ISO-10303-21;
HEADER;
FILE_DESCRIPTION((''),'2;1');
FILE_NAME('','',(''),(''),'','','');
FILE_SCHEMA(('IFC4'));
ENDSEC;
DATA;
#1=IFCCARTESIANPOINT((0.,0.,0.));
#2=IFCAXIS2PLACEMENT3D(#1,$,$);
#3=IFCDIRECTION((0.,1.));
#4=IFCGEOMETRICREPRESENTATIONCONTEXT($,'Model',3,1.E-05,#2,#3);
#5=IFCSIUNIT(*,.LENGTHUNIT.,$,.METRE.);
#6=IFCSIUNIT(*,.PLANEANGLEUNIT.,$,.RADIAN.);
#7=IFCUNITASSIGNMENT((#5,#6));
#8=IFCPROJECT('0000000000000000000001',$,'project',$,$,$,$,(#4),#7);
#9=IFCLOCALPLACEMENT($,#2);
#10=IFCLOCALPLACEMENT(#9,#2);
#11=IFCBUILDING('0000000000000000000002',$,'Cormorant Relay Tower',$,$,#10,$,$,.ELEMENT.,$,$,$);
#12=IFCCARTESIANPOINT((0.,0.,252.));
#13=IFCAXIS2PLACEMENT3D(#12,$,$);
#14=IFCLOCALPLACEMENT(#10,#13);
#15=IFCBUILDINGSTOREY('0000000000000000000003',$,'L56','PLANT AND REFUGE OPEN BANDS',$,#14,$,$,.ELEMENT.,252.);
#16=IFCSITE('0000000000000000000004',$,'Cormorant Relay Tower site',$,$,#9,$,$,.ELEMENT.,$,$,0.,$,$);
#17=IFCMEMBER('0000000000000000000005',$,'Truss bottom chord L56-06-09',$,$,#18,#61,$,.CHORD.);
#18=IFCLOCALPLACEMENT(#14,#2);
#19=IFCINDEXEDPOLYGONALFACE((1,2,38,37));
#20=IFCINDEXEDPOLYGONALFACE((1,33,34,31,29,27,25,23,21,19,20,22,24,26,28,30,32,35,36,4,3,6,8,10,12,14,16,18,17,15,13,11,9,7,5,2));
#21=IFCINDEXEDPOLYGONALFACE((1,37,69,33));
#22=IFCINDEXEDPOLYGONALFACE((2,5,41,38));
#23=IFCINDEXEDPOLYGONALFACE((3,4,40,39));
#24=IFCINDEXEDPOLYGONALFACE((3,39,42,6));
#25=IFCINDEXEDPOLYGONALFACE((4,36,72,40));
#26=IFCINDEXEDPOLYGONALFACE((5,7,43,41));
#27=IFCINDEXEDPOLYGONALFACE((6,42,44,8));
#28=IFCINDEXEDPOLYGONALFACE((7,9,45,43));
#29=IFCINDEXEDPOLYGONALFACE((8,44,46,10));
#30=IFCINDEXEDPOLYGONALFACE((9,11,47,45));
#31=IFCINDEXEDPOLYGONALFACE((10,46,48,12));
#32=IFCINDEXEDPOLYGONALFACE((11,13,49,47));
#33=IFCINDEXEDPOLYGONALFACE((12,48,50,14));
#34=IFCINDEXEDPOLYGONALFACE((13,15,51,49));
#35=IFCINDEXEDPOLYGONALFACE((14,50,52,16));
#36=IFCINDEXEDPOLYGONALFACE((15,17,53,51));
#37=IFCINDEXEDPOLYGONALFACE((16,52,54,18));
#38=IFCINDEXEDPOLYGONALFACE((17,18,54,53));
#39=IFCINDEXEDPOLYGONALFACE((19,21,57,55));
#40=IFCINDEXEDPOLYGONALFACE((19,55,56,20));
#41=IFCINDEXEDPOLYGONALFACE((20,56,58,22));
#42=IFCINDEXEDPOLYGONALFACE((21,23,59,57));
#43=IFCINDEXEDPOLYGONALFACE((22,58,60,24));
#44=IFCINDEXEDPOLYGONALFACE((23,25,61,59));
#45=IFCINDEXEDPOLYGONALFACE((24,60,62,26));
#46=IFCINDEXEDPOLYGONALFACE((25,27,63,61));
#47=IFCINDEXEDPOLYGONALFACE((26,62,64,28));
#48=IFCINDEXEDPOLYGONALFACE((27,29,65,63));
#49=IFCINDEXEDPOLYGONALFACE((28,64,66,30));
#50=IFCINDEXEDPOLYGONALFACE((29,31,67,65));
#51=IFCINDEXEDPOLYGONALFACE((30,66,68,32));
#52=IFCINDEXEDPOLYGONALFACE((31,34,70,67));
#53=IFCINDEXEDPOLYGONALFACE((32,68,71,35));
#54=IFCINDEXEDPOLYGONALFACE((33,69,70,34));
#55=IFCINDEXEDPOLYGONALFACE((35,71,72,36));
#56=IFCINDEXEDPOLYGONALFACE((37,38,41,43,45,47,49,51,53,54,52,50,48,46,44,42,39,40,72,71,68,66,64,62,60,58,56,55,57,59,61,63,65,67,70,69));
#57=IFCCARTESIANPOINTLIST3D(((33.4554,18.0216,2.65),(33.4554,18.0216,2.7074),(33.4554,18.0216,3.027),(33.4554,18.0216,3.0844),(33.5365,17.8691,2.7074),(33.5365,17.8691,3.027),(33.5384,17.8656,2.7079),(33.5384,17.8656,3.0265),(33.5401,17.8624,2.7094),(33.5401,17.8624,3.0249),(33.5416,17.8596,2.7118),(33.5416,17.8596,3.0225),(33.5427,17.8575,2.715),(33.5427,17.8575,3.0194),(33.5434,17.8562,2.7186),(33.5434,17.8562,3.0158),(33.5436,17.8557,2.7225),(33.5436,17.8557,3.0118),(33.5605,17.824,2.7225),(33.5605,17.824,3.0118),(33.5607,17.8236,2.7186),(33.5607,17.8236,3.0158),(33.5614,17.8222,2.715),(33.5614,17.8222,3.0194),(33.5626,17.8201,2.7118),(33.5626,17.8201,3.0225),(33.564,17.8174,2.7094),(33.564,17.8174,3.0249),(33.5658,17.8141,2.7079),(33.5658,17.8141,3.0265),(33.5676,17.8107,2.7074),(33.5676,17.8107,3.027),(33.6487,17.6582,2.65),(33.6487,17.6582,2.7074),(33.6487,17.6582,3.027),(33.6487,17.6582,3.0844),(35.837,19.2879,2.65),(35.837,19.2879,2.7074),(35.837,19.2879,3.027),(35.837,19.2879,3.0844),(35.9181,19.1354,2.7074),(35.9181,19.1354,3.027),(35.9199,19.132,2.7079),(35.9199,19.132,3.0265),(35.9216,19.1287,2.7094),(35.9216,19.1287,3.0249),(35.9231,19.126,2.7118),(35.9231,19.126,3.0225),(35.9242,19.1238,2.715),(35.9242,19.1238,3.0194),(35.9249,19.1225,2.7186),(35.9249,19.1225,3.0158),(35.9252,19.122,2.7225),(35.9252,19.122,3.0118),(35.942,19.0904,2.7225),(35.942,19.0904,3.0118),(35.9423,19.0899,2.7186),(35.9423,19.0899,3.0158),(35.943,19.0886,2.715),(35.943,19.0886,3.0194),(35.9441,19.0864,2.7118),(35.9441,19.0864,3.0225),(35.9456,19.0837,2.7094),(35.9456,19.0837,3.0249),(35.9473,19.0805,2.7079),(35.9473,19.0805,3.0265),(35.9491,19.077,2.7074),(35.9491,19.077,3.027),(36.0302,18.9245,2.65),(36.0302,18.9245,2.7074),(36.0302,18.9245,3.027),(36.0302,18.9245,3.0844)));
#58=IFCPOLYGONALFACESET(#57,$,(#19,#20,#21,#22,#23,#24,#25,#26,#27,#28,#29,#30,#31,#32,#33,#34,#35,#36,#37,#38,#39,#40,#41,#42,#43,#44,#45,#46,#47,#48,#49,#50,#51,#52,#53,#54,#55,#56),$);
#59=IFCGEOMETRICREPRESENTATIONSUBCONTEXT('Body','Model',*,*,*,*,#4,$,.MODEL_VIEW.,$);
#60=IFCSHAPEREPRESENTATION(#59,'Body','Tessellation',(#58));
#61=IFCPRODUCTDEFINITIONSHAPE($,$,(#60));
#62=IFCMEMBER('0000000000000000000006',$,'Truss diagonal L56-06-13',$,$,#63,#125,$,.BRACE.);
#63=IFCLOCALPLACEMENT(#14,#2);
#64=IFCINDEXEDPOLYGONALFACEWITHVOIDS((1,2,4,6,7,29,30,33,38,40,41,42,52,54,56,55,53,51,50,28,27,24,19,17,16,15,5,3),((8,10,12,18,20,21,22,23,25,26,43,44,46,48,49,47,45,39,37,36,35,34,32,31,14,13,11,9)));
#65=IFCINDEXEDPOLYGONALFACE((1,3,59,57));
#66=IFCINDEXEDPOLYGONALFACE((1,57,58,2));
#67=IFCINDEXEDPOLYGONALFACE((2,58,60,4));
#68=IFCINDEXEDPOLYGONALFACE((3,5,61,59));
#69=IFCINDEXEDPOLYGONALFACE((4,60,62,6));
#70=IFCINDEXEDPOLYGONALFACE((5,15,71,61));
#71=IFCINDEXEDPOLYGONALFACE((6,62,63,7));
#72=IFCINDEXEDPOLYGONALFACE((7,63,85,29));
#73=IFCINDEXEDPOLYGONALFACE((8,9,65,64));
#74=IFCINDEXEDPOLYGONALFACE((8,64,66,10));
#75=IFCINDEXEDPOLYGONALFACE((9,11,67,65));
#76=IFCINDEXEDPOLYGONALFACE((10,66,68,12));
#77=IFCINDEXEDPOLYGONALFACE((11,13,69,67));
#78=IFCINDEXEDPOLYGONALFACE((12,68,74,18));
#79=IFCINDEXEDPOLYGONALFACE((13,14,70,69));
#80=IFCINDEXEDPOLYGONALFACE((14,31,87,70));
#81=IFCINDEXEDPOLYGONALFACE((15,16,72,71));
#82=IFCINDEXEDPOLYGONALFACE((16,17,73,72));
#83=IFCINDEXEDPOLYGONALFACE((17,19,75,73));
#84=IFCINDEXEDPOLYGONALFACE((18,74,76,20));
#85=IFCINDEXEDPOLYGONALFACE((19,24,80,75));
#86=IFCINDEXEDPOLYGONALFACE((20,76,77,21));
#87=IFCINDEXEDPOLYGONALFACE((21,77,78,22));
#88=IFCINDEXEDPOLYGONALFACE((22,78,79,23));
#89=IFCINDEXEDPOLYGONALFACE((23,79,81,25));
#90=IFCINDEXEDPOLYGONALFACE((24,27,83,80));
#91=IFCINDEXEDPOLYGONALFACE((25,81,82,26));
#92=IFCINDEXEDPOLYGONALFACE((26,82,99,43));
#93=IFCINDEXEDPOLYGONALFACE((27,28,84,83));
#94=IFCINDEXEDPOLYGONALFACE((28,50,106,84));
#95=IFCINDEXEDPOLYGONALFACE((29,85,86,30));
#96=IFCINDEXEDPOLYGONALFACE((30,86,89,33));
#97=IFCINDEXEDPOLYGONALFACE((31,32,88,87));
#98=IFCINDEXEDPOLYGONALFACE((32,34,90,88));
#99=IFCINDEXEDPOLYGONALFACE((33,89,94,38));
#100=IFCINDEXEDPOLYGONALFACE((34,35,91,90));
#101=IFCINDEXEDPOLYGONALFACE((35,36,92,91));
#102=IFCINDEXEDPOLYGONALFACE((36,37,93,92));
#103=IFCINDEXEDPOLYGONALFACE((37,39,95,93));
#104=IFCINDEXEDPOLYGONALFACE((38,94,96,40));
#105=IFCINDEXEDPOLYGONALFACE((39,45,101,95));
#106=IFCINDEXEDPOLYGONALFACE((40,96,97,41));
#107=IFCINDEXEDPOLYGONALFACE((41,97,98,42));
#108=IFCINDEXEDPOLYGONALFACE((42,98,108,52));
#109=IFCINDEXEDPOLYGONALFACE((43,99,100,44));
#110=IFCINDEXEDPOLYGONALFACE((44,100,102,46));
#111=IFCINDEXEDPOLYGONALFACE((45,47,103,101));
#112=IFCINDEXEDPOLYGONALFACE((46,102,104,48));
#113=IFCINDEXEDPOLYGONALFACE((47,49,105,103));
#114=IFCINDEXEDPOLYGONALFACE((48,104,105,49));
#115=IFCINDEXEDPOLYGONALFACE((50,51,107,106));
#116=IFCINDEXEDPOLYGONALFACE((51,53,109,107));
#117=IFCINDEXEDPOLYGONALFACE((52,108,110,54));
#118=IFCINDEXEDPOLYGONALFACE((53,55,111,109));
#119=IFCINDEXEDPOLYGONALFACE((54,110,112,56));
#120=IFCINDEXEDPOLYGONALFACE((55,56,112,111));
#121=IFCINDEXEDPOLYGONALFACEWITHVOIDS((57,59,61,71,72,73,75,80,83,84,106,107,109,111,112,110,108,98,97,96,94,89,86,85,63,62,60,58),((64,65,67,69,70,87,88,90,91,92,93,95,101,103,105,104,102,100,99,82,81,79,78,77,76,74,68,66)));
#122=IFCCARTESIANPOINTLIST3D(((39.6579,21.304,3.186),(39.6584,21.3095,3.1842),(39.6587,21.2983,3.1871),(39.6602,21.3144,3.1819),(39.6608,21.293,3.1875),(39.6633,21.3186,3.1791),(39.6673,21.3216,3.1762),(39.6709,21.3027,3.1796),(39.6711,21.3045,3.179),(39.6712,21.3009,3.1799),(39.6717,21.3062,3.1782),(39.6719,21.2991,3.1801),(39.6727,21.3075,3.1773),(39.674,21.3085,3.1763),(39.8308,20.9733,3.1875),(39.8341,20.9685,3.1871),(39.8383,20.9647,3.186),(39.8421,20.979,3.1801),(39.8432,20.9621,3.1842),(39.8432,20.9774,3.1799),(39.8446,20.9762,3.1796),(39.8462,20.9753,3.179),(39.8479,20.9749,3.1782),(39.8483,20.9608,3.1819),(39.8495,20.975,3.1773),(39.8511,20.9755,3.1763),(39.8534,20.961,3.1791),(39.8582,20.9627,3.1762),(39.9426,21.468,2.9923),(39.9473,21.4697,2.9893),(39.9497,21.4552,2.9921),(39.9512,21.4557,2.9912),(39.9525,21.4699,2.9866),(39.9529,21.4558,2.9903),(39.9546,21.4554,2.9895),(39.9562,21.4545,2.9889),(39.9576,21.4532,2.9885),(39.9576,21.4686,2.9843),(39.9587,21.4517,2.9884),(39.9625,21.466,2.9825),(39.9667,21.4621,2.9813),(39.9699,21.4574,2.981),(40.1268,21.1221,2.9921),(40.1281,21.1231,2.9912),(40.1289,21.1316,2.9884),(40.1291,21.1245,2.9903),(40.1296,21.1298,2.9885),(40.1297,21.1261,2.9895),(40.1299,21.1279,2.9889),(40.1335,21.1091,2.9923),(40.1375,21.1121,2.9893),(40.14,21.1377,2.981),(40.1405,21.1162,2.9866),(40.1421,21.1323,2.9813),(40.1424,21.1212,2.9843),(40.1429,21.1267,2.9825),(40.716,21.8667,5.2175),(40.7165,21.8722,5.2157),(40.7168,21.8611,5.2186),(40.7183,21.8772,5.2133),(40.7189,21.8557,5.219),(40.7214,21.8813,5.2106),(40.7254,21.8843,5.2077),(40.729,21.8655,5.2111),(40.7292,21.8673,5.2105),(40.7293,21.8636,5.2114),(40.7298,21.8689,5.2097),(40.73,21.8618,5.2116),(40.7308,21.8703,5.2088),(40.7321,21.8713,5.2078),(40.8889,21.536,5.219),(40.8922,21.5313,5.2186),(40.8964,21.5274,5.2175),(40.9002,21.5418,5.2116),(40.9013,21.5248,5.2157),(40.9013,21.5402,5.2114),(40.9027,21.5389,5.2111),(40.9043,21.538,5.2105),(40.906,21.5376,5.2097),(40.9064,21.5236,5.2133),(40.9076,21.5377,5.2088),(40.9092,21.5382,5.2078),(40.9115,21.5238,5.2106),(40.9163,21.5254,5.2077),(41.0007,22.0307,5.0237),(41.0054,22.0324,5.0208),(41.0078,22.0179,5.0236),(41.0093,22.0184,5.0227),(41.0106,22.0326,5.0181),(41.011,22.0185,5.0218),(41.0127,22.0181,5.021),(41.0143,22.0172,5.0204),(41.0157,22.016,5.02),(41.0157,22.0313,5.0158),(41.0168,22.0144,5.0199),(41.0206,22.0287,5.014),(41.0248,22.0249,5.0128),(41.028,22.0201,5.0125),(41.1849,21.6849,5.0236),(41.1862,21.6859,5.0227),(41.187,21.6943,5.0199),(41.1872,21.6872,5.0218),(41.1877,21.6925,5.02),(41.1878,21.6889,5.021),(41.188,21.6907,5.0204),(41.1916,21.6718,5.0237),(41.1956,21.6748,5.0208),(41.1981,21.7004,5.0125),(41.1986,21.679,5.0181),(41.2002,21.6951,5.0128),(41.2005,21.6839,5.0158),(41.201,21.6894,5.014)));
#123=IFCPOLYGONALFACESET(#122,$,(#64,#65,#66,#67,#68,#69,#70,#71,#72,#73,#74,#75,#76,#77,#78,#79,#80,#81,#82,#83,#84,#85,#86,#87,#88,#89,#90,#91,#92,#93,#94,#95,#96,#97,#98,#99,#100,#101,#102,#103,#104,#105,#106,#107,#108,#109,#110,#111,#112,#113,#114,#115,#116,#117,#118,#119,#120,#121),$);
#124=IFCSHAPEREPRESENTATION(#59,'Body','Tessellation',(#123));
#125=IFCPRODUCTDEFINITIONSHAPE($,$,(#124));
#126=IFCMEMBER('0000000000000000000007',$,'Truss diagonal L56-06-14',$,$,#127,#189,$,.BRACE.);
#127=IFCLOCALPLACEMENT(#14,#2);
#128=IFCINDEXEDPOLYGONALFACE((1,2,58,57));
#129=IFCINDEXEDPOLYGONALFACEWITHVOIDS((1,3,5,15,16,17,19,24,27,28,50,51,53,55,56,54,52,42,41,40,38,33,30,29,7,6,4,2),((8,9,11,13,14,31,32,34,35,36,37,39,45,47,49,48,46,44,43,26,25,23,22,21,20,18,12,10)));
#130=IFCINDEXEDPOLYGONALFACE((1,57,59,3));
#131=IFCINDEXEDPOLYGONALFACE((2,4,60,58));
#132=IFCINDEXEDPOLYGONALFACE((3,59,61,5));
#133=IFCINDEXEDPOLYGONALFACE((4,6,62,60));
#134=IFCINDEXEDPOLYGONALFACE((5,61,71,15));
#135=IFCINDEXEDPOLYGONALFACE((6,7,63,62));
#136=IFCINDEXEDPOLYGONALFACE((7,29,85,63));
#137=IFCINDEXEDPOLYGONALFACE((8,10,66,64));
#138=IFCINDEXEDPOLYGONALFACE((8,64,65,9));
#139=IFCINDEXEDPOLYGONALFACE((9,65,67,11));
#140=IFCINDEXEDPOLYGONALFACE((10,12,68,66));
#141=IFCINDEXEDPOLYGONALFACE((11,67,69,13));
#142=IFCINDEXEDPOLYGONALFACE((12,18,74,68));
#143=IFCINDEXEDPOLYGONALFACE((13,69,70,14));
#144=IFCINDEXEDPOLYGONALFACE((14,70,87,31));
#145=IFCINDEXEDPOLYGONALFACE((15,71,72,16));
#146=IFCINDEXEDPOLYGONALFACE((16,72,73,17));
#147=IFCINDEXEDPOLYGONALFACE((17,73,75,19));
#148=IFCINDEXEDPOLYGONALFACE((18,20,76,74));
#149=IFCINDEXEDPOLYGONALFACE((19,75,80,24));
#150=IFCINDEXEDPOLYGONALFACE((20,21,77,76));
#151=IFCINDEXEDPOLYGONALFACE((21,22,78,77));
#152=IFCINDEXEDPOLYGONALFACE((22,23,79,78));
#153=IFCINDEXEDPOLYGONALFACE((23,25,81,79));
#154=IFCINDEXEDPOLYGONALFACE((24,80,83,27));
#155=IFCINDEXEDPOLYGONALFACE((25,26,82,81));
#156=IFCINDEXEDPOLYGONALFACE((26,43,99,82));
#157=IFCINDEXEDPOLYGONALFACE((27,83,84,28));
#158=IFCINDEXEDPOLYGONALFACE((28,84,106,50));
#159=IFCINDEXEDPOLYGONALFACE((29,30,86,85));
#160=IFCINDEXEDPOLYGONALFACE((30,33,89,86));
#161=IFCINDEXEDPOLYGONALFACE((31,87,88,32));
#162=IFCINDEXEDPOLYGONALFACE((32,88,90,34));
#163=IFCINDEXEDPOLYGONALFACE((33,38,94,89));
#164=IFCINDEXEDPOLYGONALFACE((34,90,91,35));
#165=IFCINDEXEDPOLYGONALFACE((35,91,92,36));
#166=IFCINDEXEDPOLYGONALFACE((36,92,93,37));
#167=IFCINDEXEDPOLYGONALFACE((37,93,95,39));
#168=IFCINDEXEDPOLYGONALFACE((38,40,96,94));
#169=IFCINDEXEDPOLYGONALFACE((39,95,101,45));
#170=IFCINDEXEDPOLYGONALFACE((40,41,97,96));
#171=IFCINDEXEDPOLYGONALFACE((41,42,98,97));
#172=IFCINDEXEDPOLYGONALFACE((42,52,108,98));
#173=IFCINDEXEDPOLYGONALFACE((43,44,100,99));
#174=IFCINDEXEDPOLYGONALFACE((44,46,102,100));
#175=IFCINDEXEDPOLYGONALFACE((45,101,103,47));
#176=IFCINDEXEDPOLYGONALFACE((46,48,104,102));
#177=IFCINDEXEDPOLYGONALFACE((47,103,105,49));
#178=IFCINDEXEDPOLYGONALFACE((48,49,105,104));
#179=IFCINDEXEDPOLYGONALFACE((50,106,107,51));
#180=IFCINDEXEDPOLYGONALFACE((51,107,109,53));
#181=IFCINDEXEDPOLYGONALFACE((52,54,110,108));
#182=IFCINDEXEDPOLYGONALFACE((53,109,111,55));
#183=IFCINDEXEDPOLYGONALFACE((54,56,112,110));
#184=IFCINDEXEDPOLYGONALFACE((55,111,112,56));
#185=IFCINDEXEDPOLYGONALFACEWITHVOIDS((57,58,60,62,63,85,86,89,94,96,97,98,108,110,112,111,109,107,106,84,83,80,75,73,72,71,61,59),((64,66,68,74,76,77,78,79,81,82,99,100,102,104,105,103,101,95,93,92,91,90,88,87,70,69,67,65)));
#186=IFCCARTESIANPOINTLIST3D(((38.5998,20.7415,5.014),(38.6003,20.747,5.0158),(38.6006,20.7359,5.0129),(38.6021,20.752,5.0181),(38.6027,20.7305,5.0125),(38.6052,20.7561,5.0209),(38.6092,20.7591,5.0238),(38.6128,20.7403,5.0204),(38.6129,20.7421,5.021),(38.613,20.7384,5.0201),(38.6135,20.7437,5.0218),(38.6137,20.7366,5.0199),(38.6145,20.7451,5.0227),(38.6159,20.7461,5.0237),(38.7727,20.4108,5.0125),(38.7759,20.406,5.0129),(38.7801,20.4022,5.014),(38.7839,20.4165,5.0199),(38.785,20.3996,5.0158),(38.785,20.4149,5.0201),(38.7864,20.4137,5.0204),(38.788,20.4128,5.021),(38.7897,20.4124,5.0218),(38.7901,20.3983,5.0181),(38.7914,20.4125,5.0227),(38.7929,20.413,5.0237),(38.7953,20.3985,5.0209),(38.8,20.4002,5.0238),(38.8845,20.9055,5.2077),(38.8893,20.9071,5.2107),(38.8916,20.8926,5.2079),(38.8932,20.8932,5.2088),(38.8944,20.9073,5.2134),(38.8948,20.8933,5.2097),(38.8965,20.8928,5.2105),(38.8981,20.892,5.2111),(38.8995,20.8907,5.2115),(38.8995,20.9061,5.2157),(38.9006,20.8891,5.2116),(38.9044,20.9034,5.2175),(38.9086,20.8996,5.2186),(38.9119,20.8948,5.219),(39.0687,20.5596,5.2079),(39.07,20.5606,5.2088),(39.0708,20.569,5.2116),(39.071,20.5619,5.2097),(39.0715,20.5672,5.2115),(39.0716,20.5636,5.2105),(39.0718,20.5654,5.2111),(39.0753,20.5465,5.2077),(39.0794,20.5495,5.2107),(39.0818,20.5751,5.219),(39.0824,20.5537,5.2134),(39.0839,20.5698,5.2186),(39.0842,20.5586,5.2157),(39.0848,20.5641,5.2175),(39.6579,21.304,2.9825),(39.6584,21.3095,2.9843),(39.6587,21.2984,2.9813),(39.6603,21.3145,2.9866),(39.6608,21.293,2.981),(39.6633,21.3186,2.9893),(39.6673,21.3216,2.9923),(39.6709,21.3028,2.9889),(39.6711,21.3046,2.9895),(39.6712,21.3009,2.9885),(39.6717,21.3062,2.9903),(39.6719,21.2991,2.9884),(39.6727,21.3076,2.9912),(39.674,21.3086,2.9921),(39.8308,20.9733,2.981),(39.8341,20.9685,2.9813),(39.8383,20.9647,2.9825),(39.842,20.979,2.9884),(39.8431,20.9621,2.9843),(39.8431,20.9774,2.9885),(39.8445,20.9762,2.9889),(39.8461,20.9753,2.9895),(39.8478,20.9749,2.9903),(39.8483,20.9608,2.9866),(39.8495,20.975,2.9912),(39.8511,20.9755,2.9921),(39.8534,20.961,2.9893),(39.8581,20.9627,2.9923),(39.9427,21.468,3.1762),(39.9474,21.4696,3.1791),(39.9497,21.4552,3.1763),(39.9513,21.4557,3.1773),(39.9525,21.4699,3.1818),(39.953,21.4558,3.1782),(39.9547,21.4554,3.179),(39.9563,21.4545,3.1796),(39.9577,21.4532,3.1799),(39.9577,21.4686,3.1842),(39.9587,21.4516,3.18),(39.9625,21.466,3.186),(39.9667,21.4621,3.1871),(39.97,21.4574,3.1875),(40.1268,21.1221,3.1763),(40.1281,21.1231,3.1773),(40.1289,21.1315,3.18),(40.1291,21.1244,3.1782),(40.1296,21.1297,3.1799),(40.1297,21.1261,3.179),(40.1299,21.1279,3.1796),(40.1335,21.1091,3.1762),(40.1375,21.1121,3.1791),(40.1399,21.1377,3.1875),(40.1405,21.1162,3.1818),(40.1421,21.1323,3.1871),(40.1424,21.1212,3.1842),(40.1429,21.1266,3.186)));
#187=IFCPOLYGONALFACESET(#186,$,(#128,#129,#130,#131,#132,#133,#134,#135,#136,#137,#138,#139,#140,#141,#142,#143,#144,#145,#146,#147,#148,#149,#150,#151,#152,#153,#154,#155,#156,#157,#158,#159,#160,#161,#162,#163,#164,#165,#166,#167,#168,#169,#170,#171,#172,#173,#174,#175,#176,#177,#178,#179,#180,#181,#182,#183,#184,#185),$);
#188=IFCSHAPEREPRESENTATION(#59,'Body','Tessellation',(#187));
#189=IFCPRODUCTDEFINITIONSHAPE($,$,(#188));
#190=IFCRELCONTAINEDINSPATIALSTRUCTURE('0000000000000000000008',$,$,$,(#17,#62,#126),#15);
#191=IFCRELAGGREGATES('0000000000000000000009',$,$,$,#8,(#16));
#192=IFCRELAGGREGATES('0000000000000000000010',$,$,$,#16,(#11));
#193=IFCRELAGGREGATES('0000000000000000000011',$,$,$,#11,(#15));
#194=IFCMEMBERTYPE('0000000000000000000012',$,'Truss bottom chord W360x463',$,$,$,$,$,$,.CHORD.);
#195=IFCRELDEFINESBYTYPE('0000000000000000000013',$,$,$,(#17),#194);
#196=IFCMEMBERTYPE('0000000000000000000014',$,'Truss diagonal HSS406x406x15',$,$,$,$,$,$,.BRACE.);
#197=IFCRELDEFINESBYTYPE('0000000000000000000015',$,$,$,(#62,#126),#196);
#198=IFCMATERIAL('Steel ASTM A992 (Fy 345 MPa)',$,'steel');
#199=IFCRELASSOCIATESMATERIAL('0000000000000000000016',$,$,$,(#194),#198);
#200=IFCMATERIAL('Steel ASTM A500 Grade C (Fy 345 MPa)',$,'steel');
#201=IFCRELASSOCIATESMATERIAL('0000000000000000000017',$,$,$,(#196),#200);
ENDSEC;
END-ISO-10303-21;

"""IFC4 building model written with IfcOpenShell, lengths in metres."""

from ifc_helpers import new_model, si_unit, direction, frame, origin, origin_2d, place, context, subcontext, project, spatial, hollow_rectangle, i_section, extrude, material, material_profile, profile_set, type_object, element, save


model = new_model("IFC4")

# Units and contexts
model_context = context("Model", 3, precision=1e-05, world=origin(), true_north=direction((0.0, 1.0)))
body_context = subcontext(model_context, "Body", "Model", "MODEL_VIEW")
ifc_project = project(units=[si_unit("LENGTHUNIT", "METRE"), si_unit("PLANEANGLEUNIT", "RADIAN")], contexts=[model_context])

# Site, building, storey
site_placement = place(None, origin())
site = spatial("IfcSite", under=ifc_project, at=site_placement, Name="Cormorant Relay Tower site", CompositionType="ELEMENT", RefElevation=0.0)
building_placement = place(site_placement, origin())
building = spatial("IfcBuilding", under=site, at=building_placement, Name="Cormorant Relay Tower", CompositionType="ELEMENT")
storey_placement = place(building_placement, frame((0.0, 0.0, 252.0)))
storey = spatial("IfcBuildingStorey", under=building, at=storey_placement, Name="L56", Description="PLANT AND REFUGE OPEN BANDS", CompositionType="ELEMENT", Elevation=252.0)

# Members
ifc_material_1 = material(Name="Steel ASTM A992 (Fy 345 MPa)", Category="steel")
ifc_material_profile_1 = material_profile(ifc_material_1, i_section(OverallWidth=0.4116, OverallDepth=0.4343, WebThickness=0.0359, FlangeThickness=0.0574, FilletRadius=0.0151, at=origin_2d()), Name="W360x463")
ifc_profile_set_1 = profile_set([ifc_material_profile_1], Name="Steel ASTM A992 (Fy 345 MPa)")
member_type_1 = type_object("IfcMemberType", Name="Truss bottom chord W360x463", PredefinedType="CHORD", material=ifc_profile_set_1)
member_1_placement = place(storey_placement, frame((35.9336, 19.1062, 2.8672), z_axis=(-0.882941, -0.469484, 0.0), x_axis=(0.469484, -0.882941, 0.0)))
element("IfcMember", 1, at=member_1_placement, inside=storey, type_object=member_type_1, Name="Truss bottom chord L56-06-09", PredefinedType="CHORD", context=body_context, shape_type="SweptSolid", body=[
    extrude(i_section(OverallWidth=0.4116, OverallDepth=0.4343, WebThickness=0.0359, FlangeThickness=0.0574, FilletRadius=0.0151, at=origin_2d()), origin(), (0.0, 0.0, 1.0), 2.6973),
])
ifc_material_2 = material(Name="Steel ASTM A500 Grade C (Fy 345 MPa)", Category="steel")
ifc_material_profile_2 = material_profile(ifc_material_2, hollow_rectangle(XDim=0.4065, YDim=0.4065, WallThickness=0.0146, InnerFilletRadius=0.0073, OuterFilletRadius=0.0222, at=origin_2d()), Name="HSS406x406x15")
ifc_profile_set_2 = profile_set([ifc_material_profile_2], Name="Steel ASTM A500 Grade C (Fy 345 MPa)")
member_type_2 = type_object("IfcMemberType", Name="Truss diagonal HSS406x406x15", PredefinedType="BRACE", material=ifc_profile_set_2)
for number, where, z_axis, x_axis, name in (
    (2, (40.9585, 21.7781, 5.1157), (-0.448606, -0.238587, -0.861295), (0.469562, -0.882899, 0.0), "Truss diagonal L56-06-13"),
    (3, (39.9004, 21.2153, 3.0842), (-0.448617, -0.23849, 0.861316), (0.469403, -0.882984, 0.0), "Truss diagonal L56-06-14"),
):
    element("IfcMember", number, at=place(storey_placement, frame(where, z_axis=z_axis, x_axis=x_axis)), inside=storey, type_object=member_type_2, Name=name, PredefinedType="BRACE", context=body_context, shape_type="SweptSolid", body=[
        extrude(hollow_rectangle(XDim=0.4065, YDim=0.4065, WallThickness=0.0146, InnerFilletRadius=0.0073, OuterFilletRadius=0.0222, at=origin_2d()), origin(), (0.0, 0.0, 1.0), 2.3586),
    ])

save(model, "model.ifc")
